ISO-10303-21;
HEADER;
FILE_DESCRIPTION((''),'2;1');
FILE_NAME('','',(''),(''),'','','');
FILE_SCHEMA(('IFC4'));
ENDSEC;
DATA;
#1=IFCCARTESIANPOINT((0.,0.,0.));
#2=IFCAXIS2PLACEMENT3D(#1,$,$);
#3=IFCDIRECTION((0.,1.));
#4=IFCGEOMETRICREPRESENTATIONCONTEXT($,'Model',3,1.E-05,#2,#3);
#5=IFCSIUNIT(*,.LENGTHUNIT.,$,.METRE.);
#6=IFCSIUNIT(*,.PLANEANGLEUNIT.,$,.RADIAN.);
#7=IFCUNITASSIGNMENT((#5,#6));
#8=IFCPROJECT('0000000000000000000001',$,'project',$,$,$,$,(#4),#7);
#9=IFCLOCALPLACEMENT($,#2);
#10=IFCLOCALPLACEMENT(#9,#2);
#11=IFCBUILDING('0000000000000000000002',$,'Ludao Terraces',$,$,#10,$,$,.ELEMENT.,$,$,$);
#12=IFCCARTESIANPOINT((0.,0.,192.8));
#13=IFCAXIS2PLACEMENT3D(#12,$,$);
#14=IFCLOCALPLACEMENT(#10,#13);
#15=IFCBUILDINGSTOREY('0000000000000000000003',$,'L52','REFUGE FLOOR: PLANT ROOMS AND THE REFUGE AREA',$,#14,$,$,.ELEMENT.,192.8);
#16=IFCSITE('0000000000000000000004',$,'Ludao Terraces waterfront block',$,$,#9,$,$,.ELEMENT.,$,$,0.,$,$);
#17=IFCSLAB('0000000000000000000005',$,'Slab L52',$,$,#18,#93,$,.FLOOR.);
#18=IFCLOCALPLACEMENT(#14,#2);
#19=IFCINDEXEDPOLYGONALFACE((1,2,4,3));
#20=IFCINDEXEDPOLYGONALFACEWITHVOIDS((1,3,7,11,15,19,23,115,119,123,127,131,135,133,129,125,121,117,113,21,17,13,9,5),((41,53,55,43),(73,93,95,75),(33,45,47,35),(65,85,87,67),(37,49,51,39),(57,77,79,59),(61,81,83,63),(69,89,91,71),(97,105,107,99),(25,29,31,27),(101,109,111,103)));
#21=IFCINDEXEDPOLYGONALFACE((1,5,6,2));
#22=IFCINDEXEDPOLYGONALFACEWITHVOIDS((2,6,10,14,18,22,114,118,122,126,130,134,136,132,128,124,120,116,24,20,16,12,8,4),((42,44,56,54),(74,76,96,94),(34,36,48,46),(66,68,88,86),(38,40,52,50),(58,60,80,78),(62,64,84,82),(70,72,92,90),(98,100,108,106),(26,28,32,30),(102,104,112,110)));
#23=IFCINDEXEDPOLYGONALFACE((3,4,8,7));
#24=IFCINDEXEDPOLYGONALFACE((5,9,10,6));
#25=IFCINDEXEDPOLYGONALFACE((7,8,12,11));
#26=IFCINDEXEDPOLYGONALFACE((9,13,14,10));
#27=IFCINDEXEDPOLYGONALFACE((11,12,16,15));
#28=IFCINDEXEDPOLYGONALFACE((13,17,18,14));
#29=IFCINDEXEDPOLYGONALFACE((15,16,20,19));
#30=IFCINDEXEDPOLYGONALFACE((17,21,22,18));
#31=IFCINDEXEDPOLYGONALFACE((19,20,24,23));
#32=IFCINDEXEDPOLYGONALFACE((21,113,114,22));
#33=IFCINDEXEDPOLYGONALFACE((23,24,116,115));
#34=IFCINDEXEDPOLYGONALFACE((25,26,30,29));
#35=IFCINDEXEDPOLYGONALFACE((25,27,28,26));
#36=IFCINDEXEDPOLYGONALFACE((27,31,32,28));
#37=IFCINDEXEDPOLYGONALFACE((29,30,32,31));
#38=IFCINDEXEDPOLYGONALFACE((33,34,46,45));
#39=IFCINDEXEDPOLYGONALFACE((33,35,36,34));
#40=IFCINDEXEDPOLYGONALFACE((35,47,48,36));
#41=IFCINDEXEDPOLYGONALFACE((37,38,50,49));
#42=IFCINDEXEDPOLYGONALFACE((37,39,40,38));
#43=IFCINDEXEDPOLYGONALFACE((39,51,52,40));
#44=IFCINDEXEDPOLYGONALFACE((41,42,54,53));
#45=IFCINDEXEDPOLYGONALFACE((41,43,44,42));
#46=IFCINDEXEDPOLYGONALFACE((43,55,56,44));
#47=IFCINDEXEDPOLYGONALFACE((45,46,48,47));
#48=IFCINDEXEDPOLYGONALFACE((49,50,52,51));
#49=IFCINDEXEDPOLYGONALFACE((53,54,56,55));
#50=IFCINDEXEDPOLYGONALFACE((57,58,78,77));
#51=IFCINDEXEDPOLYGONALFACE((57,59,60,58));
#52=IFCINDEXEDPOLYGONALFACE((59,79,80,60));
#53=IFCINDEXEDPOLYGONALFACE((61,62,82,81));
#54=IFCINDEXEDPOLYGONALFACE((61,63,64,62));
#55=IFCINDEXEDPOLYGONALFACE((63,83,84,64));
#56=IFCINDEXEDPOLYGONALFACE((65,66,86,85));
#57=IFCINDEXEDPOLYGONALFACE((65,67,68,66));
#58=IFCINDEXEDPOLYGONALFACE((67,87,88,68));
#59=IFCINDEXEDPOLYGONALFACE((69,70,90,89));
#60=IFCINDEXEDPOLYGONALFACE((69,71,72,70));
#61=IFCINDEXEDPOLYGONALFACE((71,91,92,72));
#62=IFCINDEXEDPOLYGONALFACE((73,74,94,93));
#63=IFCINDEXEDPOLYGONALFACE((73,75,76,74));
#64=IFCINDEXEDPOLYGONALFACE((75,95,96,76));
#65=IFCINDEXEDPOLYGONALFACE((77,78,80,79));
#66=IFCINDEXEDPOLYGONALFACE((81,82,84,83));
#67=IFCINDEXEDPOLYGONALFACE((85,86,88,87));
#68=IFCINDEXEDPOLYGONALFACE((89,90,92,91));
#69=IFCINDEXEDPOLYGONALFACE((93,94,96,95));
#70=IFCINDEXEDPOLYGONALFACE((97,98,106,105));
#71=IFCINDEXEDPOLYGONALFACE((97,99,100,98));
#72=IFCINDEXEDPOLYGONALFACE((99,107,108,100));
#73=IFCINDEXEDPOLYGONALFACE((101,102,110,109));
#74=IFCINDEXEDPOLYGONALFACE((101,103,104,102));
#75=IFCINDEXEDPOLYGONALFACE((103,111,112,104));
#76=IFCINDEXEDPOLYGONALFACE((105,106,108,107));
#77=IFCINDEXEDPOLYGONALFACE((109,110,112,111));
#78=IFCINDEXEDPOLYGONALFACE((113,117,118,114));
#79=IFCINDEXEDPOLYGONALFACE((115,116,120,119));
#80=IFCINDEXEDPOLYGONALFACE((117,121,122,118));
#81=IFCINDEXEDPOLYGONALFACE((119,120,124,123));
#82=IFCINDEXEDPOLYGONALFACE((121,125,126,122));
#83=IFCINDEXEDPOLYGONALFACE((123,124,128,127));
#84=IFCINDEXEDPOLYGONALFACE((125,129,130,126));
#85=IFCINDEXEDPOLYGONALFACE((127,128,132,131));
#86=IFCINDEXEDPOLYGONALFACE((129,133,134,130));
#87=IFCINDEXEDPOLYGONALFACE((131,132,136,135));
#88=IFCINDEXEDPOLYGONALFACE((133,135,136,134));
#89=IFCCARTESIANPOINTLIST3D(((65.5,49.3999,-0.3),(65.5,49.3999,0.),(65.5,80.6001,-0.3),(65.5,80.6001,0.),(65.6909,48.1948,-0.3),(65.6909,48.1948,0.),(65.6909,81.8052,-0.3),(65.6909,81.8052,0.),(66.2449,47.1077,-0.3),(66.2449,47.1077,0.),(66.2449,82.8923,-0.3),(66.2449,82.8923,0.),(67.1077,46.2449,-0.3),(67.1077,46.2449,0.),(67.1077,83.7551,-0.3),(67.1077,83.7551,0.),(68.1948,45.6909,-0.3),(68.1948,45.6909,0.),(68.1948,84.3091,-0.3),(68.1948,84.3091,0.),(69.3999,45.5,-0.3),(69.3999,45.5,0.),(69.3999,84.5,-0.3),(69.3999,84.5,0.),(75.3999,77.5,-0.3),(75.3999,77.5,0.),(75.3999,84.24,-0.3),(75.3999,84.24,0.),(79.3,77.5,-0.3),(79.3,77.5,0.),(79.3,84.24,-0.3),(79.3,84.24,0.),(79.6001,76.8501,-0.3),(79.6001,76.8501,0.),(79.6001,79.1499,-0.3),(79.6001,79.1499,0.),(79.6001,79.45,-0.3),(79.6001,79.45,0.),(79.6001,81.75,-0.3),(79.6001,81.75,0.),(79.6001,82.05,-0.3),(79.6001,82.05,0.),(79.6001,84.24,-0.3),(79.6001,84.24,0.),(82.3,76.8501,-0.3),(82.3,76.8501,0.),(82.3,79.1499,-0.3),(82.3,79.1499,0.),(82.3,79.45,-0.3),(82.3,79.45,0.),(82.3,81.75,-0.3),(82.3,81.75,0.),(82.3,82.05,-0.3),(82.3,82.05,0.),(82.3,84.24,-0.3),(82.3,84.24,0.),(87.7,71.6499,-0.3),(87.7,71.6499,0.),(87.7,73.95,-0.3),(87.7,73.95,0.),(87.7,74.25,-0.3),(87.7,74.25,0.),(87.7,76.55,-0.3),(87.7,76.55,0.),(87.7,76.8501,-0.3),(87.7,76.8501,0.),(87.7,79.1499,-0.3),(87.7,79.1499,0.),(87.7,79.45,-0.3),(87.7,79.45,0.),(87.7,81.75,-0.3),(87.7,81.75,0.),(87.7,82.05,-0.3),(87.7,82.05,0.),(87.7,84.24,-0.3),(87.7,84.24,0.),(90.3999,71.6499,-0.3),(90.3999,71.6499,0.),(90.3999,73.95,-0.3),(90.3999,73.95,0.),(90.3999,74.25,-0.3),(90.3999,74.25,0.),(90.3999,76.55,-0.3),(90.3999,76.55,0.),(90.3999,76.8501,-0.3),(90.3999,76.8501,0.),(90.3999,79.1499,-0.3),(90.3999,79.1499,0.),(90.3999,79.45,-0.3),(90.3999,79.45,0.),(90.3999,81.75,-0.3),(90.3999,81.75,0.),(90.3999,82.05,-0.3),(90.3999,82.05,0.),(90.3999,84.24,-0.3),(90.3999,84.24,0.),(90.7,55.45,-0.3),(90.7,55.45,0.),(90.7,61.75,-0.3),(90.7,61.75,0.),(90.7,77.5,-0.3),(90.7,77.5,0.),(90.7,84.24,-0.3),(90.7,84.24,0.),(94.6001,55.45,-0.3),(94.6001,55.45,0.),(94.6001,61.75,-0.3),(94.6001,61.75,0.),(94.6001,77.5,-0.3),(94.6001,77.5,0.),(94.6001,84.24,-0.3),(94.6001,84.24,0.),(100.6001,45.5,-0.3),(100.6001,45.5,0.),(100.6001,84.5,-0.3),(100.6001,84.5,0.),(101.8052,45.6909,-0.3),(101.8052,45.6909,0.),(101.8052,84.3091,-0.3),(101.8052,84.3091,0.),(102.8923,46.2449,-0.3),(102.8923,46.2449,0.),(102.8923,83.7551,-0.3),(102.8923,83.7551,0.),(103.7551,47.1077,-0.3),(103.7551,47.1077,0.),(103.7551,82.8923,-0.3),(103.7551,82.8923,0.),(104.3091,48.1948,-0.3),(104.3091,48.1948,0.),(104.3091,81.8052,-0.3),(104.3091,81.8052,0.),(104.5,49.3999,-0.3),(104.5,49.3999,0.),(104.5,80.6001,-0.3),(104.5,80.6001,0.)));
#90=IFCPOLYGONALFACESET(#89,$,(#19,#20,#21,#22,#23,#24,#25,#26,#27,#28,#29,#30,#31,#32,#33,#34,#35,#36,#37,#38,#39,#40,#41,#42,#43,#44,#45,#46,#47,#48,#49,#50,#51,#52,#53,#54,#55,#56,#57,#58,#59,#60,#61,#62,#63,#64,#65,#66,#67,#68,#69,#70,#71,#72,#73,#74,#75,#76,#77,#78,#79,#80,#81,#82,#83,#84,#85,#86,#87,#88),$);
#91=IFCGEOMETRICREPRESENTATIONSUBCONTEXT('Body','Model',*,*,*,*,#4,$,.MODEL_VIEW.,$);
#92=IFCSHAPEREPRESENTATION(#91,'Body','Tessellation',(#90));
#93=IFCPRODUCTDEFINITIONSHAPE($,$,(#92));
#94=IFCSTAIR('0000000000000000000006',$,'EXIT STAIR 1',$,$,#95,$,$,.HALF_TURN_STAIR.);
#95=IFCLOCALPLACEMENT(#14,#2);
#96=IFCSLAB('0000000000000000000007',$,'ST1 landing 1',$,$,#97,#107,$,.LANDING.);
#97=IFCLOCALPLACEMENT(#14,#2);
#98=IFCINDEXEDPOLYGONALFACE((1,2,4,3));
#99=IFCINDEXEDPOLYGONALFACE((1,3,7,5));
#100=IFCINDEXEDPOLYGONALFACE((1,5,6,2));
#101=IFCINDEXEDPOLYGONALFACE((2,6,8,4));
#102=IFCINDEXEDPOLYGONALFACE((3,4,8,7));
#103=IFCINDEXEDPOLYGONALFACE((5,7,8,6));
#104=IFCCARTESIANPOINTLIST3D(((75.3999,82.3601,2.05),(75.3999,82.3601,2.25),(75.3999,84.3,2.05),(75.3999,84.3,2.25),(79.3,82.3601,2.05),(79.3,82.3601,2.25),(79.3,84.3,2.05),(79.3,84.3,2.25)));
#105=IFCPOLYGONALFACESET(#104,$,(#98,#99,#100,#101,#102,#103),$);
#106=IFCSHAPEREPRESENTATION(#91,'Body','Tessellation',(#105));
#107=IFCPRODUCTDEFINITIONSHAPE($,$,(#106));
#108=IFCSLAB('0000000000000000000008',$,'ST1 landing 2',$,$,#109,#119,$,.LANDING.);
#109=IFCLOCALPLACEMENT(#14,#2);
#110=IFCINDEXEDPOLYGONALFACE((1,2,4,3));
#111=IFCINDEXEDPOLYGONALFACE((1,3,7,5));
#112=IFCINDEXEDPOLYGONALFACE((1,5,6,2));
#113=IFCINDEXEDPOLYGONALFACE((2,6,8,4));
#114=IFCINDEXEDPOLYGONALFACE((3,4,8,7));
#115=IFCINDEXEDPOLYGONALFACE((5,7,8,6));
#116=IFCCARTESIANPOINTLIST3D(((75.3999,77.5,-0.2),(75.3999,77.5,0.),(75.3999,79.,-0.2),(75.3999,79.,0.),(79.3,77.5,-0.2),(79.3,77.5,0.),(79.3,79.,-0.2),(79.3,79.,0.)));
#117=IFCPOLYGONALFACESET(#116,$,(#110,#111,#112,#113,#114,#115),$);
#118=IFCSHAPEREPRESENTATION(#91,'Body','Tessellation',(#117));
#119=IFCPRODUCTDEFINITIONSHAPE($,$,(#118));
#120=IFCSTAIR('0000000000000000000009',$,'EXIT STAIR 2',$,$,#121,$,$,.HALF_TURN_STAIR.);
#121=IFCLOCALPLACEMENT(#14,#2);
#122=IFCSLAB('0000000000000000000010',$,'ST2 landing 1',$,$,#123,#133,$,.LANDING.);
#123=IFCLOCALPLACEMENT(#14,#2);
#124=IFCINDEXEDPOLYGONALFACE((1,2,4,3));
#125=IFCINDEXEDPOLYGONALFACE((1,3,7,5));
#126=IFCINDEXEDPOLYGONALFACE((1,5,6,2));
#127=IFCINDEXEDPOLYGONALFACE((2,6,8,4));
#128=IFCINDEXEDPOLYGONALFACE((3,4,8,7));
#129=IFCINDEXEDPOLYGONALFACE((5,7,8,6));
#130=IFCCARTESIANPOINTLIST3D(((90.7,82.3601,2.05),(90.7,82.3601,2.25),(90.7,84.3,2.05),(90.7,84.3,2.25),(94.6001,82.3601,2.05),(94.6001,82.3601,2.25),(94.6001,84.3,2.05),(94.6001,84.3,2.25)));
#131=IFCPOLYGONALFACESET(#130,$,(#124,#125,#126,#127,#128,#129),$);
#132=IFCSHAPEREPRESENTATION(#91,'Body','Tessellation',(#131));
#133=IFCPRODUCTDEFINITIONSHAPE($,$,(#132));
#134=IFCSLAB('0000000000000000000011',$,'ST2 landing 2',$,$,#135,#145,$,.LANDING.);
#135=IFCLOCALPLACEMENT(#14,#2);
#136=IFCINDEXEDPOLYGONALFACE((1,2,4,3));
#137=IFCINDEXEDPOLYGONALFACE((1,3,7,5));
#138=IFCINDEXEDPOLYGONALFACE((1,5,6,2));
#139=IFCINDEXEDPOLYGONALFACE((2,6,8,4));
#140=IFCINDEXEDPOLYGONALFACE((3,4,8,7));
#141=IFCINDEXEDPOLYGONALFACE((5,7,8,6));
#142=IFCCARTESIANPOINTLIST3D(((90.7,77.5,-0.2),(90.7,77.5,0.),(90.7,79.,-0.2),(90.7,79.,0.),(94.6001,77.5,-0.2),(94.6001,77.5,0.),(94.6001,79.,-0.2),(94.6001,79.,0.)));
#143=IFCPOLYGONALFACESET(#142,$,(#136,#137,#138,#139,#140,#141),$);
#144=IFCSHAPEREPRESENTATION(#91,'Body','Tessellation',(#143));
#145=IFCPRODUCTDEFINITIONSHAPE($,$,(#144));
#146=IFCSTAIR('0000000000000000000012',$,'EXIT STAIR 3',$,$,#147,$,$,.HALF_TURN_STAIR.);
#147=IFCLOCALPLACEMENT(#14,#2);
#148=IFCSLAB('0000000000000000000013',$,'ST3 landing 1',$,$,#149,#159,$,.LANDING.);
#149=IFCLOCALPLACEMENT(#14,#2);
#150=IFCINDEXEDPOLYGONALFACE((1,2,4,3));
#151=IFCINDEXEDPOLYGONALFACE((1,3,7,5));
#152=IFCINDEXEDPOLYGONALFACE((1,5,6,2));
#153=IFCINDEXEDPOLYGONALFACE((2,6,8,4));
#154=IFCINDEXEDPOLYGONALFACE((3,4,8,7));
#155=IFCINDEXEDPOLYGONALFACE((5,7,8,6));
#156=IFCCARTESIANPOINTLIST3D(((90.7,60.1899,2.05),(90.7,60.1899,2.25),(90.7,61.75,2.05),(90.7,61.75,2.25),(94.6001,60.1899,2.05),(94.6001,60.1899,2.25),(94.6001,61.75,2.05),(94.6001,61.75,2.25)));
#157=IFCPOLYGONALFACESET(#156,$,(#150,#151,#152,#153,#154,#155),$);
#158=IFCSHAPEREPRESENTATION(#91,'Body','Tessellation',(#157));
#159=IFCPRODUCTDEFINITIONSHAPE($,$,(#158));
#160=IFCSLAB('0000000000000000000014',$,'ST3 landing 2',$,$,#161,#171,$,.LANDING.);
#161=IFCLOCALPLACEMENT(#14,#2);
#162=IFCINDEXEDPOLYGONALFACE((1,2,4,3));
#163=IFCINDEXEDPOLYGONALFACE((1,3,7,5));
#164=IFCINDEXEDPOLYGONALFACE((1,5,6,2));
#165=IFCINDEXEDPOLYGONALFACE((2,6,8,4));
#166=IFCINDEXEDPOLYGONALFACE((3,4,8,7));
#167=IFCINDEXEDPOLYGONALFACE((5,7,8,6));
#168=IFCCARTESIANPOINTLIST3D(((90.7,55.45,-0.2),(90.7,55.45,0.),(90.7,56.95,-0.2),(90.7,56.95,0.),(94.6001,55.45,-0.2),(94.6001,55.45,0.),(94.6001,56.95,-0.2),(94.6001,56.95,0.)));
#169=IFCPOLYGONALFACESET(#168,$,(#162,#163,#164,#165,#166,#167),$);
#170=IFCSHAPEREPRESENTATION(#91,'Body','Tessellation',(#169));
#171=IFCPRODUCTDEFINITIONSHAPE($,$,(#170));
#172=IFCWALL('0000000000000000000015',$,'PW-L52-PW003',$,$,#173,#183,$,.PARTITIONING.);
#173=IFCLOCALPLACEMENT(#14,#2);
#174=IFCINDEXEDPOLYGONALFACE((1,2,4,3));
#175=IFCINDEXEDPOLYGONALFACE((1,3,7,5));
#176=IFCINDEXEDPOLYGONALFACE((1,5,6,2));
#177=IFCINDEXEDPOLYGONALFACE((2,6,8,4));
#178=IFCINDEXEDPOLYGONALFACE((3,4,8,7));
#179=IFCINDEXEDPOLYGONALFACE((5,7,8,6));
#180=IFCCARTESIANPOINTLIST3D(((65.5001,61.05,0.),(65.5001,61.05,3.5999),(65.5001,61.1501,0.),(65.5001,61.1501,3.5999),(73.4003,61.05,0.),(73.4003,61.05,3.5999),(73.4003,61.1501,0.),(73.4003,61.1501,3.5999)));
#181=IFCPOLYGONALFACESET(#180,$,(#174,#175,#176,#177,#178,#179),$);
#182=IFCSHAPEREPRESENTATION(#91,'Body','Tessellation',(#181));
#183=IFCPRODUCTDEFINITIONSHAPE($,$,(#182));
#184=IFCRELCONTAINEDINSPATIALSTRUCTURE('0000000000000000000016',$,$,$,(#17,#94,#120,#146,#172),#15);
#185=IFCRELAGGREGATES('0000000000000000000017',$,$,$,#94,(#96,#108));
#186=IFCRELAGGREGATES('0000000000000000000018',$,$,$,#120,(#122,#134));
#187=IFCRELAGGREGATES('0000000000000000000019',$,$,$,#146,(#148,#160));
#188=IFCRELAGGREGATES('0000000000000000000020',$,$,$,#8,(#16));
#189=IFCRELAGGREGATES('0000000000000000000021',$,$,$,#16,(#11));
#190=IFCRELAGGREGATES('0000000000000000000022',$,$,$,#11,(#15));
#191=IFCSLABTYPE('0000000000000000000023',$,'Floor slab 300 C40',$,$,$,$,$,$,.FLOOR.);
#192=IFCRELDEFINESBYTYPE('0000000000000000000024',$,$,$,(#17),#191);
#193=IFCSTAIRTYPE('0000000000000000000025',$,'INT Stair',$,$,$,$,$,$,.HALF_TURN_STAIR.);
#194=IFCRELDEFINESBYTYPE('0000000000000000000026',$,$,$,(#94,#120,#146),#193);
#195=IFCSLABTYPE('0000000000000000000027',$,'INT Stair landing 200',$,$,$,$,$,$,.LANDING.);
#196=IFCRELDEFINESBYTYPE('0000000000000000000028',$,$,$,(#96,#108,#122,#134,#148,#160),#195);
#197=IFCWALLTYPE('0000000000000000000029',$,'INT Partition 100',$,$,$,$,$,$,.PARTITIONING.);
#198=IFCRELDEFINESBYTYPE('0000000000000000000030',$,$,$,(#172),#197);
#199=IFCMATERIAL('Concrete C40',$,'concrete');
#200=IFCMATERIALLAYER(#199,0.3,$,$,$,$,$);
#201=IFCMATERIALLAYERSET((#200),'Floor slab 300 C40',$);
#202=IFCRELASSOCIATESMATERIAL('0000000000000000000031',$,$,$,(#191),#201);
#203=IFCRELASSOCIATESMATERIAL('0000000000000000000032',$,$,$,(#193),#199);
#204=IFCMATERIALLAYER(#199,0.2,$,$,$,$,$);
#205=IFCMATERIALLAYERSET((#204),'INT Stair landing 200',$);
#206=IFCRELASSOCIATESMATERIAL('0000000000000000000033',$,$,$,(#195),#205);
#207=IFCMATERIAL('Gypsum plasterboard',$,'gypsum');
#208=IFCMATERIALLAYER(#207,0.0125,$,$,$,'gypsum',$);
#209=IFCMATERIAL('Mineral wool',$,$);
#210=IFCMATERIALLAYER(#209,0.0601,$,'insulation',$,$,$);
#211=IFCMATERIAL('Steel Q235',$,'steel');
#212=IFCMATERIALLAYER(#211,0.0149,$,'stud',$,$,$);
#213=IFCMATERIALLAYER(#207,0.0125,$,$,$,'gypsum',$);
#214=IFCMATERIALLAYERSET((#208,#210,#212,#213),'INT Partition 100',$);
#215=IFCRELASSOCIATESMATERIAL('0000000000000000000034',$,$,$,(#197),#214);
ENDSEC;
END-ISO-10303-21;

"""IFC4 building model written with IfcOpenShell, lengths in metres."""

from ifc_helpers import new_model, si_unit, direction, frame, frame_2d, origin, place, context, subcontext, project, spatial, polyline, rectangle, outline, extrude, material, layer, layer_set, type_object, element, aggregate, save


model = new_model("IFC4")

# Units and contexts
model_context = context("Model", 3, precision=1e-05, world=origin(), true_north=direction((0.0, 1.0)))
body_context = subcontext(model_context, "Body", "Model", "MODEL_VIEW")
ifc_project = project(units=[si_unit("LENGTHUNIT", "METRE"), si_unit("PLANEANGLEUNIT", "RADIAN")], contexts=[model_context])

# Site, building, storey
site_placement = place(None, origin())
site = spatial("IfcSite", under=ifc_project, at=site_placement, Name="Ludao Terraces waterfront block", CompositionType="ELEMENT", RefElevation=0.0)
building_placement = place(site_placement, origin())
building = spatial("IfcBuilding", under=site, at=building_placement, Name="Ludao Terraces", CompositionType="ELEMENT")
storey_placement = place(building_placement, frame((0.0, 0.0, 192.8)))
storey = spatial("IfcBuildingStorey", under=building, at=storey_placement, Name="L52", Description="REFUGE FLOOR: PLANT ROOMS AND THE REFUGE AREA", CompositionType="ELEMENT", Elevation=192.8)

# Slab
ifc_material_1 = material(Name="Concrete C40", Category="concrete")
ifc_layer_1 = layer(ifc_material_1, 0.3)
ifc_layer_set_1 = layer_set([ifc_layer_1], Name="Floor slab 300 C40")
slab_type_1 = type_object("IfcSlabType", Name="Floor slab 300 C40", PredefinedType="FLOOR", material=ifc_layer_set_1)
slab_1_placement = place(storey_placement, frame((0.0, 0.0, -0.3)))
element("IfcSlab", 1, at=slab_1_placement, inside=storey, type_object=slab_type_1, Name="Slab L52", PredefinedType="FLOOR", context=body_context, shape_type="SweptSolid", body=[
    extrude(outline(polyline([(100.6001, 45.5), (101.8052, 45.6909), (102.8923, 46.2449), (103.7551, 47.1077), (104.3091, 48.1948), (104.5, 49.3999), (104.5, 80.6001), (104.3091, 81.8052), (103.7551, 82.8923), (102.8923, 83.7551), (101.8052, 84.3091), (100.6001, 84.5), (69.3999, 84.5), (68.1948, 84.3091), (67.1077, 83.7551), (66.2449, 82.8923), (65.6909, 81.8052), (65.5, 80.6001), (65.5, 49.3999), (65.6909, 48.1948), (66.2449, 47.1077), (67.1077, 46.2449), (68.1948, 45.6909), (69.3999, 45.5), (100.6001, 45.5)]), holes=[polyline([(79.6001, 76.8501), (82.3, 76.8501), (82.3, 79.1499), (79.6001, 79.1499), (79.6001, 76.8501)]), polyline([(79.6001, 79.45), (82.3, 79.45), (82.3, 81.75), (79.6001, 81.75), (79.6001, 79.45)]), polyline([(79.6001, 82.05), (82.3, 82.05), (82.3, 84.24), (79.6001, 84.24), (79.6001, 82.05)]), polyline([(87.7, 71.6499), (90.3999, 71.6499), (90.3999, 73.95), (87.7, 73.95), (87.7, 71.6499)]), polyline([(87.7, 74.25), (90.3999, 74.25), (90.3999, 76.55), (87.7, 76.55), (87.7, 74.25)]), polyline([(87.7, 76.8501), (90.3999, 76.8501), (90.3999, 79.1499), (87.7, 79.1499), (87.7, 76.8501)]), polyline([(87.7, 79.45), (90.3999, 79.45), (90.3999, 81.75), (87.7, 81.75), (87.7, 79.45)]), polyline([(87.7, 82.05), (90.3999, 82.05), (90.3999, 84.24), (87.7, 84.24), (87.7, 82.05)]), polyline([(75.3999, 77.5), (79.3, 77.5), (79.3, 84.24), (75.3999, 84.24), (75.3999, 77.5)]), polyline([(90.7, 77.5), (94.6001, 77.5), (94.6001, 84.24), (90.7, 84.24), (90.7, 77.5)]), polyline([(90.7, 55.45), (94.6001, 55.45), (94.6001, 61.75), (90.7, 61.75), (90.7, 55.45)])]), origin(), (0.0, 0.0, 1.0), 0.3),
])

# Stairs, slabs
stair_type = type_object("IfcStairType", Name="INT Stair", PredefinedType="HALF_TURN_STAIR", material=ifc_material_1)
stair_1_placement = place(storey_placement, origin())
stair_1 = element("IfcStair", 2, at=stair_1_placement, inside=storey, type_object=stair_type, Name="EXIT STAIR 1", PredefinedType="HALF_TURN_STAIR")
ifc_layer_2 = layer(ifc_material_1, 0.2)
ifc_layer_set_2 = layer_set([ifc_layer_2], Name="INT Stair landing 200")
slab_type_2 = type_object("IfcSlabType", Name="INT Stair landing 200", PredefinedType="LANDING", material=ifc_layer_set_2)
slab_2_placement = place(storey_placement, frame((0.0, 0.0, 2.05)))
slab_2 = element("IfcSlab", 3, at=slab_2_placement, type_object=slab_type_2, Name="ST1 landing 1", PredefinedType="LANDING", context=body_context, shape_type="SweptSolid", body=[
    extrude(outline(polyline([(75.3999, 82.3601), (79.3, 82.3601), (79.3, 84.3), (75.3999, 84.3), (75.3999, 82.3601)])), origin(), (0.0, 0.0, 1.0), 0.2),
])
slab_3_placement = place(storey_placement, frame((0.0, 0.0, -0.2)))
slab_3 = element("IfcSlab", 4, at=slab_3_placement, type_object=slab_type_2, Name="ST1 landing 2", PredefinedType="LANDING", context=body_context, shape_type="SweptSolid", body=[
    extrude(outline(polyline([(75.3999, 77.5), (79.3, 77.5), (79.3, 79.0), (75.3999, 79.0), (75.3999, 77.5)])), origin(), (0.0, 0.0, 1.0), 0.2),
])
aggregate(stair_1, [slab_2, slab_3])
stair_2_placement = place(storey_placement, origin())
stair_2 = element("IfcStair", 5, at=stair_2_placement, inside=storey, type_object=stair_type, Name="EXIT STAIR 2", PredefinedType="HALF_TURN_STAIR")
slab_4_placement = place(storey_placement, frame((0.0, 0.0, 2.05)))
slab_4 = element("IfcSlab", 6, at=slab_4_placement, type_object=slab_type_2, Name="ST2 landing 1", PredefinedType="LANDING", context=body_context, shape_type="SweptSolid", body=[
    extrude(outline(polyline([(90.7, 82.3601), (94.6001, 82.3601), (94.6001, 84.3), (90.7, 84.3), (90.7, 82.3601)])), origin(), (0.0, 0.0, 1.0), 0.2),
])
slab_5_placement = place(storey_placement, frame((0.0, 0.0, -0.2)))
slab_5 = element("IfcSlab", 7, at=slab_5_placement, type_object=slab_type_2, Name="ST2 landing 2", PredefinedType="LANDING", context=body_context, shape_type="SweptSolid", body=[
    extrude(outline(polyline([(90.7, 77.5), (94.6001, 77.5), (94.6001, 79.0), (90.7, 79.0), (90.7, 77.5)])), origin(), (0.0, 0.0, 1.0), 0.2),
])
aggregate(stair_2, [slab_4, slab_5])
stair_3_placement = place(storey_placement, origin())
stair_3 = element("IfcStair", 8, at=stair_3_placement, inside=storey, type_object=stair_type, Name="EXIT STAIR 3", PredefinedType="HALF_TURN_STAIR")
slab_6_placement = place(storey_placement, frame((0.0, 0.0, 2.05)))
slab_6 = element("IfcSlab", 9, at=slab_6_placement, type_object=slab_type_2, Name="ST3 landing 1", PredefinedType="LANDING", context=body_context, shape_type="SweptSolid", body=[
    extrude(outline(polyline([(90.7, 60.1899), (94.6001, 60.1899), (94.6001, 61.75), (90.7, 61.75), (90.7, 60.1899)])), origin(), (0.0, 0.0, 1.0), 0.2),
])
slab_7_placement = place(storey_placement, frame((0.0, 0.0, -0.2)))
slab_7 = element("IfcSlab", 10, at=slab_7_placement, type_object=slab_type_2, Name="ST3 landing 2", PredefinedType="LANDING", context=body_context, shape_type="SweptSolid", body=[
    extrude(outline(polyline([(90.7, 55.45), (94.6001, 55.45), (94.6001, 56.95), (90.7, 56.95), (90.7, 55.45)])), origin(), (0.0, 0.0, 1.0), 0.2),
])
aggregate(stair_3, [slab_6, slab_7])

# Wall
ifc_material_2 = material(Name="Gypsum plasterboard", Category="gypsum")
ifc_layer_3 = layer(ifc_material_2, 0.0125, Category="gypsum")
ifc_material_3 = material(Name="Mineral wool")
ifc_layer_4 = layer(ifc_material_3, 0.0601, Name="insulation")
ifc_material_4 = material(Name="Steel Q235", Category="steel")
ifc_layer_5 = layer(ifc_material_4, 0.0149, Name="stud")
ifc_layer_6 = layer(ifc_material_2, 0.0125, Category="gypsum")
ifc_layer_set_3 = layer_set([ifc_layer_3, ifc_layer_4, ifc_layer_5, ifc_layer_6], Name="INT Partition 100")
wall_type = type_object("IfcWallType", Name="INT Partition 100", PredefinedType="PARTITIONING", material=ifc_layer_set_3)
wall_placement = place(storey_placement, frame((65.5, 61.1001, 0.0), z_axis=(0.0, 0.0, 1.0), x_axis=(1.0, 0.0, 0.0)))
element("IfcWall", 11, at=wall_placement, inside=storey, type_object=wall_type, Name="PW-L52-PW003", PredefinedType="PARTITIONING", context=body_context, shape_type="SweptSolid", body=[
    extrude(rectangle(XDim=7.9001, YDim=0.1001, at=frame_2d((3.9502, 0.0))), origin(), (0.0, 0.0, 1.0), 3.5999),
])

save(model, "model.ifc")
